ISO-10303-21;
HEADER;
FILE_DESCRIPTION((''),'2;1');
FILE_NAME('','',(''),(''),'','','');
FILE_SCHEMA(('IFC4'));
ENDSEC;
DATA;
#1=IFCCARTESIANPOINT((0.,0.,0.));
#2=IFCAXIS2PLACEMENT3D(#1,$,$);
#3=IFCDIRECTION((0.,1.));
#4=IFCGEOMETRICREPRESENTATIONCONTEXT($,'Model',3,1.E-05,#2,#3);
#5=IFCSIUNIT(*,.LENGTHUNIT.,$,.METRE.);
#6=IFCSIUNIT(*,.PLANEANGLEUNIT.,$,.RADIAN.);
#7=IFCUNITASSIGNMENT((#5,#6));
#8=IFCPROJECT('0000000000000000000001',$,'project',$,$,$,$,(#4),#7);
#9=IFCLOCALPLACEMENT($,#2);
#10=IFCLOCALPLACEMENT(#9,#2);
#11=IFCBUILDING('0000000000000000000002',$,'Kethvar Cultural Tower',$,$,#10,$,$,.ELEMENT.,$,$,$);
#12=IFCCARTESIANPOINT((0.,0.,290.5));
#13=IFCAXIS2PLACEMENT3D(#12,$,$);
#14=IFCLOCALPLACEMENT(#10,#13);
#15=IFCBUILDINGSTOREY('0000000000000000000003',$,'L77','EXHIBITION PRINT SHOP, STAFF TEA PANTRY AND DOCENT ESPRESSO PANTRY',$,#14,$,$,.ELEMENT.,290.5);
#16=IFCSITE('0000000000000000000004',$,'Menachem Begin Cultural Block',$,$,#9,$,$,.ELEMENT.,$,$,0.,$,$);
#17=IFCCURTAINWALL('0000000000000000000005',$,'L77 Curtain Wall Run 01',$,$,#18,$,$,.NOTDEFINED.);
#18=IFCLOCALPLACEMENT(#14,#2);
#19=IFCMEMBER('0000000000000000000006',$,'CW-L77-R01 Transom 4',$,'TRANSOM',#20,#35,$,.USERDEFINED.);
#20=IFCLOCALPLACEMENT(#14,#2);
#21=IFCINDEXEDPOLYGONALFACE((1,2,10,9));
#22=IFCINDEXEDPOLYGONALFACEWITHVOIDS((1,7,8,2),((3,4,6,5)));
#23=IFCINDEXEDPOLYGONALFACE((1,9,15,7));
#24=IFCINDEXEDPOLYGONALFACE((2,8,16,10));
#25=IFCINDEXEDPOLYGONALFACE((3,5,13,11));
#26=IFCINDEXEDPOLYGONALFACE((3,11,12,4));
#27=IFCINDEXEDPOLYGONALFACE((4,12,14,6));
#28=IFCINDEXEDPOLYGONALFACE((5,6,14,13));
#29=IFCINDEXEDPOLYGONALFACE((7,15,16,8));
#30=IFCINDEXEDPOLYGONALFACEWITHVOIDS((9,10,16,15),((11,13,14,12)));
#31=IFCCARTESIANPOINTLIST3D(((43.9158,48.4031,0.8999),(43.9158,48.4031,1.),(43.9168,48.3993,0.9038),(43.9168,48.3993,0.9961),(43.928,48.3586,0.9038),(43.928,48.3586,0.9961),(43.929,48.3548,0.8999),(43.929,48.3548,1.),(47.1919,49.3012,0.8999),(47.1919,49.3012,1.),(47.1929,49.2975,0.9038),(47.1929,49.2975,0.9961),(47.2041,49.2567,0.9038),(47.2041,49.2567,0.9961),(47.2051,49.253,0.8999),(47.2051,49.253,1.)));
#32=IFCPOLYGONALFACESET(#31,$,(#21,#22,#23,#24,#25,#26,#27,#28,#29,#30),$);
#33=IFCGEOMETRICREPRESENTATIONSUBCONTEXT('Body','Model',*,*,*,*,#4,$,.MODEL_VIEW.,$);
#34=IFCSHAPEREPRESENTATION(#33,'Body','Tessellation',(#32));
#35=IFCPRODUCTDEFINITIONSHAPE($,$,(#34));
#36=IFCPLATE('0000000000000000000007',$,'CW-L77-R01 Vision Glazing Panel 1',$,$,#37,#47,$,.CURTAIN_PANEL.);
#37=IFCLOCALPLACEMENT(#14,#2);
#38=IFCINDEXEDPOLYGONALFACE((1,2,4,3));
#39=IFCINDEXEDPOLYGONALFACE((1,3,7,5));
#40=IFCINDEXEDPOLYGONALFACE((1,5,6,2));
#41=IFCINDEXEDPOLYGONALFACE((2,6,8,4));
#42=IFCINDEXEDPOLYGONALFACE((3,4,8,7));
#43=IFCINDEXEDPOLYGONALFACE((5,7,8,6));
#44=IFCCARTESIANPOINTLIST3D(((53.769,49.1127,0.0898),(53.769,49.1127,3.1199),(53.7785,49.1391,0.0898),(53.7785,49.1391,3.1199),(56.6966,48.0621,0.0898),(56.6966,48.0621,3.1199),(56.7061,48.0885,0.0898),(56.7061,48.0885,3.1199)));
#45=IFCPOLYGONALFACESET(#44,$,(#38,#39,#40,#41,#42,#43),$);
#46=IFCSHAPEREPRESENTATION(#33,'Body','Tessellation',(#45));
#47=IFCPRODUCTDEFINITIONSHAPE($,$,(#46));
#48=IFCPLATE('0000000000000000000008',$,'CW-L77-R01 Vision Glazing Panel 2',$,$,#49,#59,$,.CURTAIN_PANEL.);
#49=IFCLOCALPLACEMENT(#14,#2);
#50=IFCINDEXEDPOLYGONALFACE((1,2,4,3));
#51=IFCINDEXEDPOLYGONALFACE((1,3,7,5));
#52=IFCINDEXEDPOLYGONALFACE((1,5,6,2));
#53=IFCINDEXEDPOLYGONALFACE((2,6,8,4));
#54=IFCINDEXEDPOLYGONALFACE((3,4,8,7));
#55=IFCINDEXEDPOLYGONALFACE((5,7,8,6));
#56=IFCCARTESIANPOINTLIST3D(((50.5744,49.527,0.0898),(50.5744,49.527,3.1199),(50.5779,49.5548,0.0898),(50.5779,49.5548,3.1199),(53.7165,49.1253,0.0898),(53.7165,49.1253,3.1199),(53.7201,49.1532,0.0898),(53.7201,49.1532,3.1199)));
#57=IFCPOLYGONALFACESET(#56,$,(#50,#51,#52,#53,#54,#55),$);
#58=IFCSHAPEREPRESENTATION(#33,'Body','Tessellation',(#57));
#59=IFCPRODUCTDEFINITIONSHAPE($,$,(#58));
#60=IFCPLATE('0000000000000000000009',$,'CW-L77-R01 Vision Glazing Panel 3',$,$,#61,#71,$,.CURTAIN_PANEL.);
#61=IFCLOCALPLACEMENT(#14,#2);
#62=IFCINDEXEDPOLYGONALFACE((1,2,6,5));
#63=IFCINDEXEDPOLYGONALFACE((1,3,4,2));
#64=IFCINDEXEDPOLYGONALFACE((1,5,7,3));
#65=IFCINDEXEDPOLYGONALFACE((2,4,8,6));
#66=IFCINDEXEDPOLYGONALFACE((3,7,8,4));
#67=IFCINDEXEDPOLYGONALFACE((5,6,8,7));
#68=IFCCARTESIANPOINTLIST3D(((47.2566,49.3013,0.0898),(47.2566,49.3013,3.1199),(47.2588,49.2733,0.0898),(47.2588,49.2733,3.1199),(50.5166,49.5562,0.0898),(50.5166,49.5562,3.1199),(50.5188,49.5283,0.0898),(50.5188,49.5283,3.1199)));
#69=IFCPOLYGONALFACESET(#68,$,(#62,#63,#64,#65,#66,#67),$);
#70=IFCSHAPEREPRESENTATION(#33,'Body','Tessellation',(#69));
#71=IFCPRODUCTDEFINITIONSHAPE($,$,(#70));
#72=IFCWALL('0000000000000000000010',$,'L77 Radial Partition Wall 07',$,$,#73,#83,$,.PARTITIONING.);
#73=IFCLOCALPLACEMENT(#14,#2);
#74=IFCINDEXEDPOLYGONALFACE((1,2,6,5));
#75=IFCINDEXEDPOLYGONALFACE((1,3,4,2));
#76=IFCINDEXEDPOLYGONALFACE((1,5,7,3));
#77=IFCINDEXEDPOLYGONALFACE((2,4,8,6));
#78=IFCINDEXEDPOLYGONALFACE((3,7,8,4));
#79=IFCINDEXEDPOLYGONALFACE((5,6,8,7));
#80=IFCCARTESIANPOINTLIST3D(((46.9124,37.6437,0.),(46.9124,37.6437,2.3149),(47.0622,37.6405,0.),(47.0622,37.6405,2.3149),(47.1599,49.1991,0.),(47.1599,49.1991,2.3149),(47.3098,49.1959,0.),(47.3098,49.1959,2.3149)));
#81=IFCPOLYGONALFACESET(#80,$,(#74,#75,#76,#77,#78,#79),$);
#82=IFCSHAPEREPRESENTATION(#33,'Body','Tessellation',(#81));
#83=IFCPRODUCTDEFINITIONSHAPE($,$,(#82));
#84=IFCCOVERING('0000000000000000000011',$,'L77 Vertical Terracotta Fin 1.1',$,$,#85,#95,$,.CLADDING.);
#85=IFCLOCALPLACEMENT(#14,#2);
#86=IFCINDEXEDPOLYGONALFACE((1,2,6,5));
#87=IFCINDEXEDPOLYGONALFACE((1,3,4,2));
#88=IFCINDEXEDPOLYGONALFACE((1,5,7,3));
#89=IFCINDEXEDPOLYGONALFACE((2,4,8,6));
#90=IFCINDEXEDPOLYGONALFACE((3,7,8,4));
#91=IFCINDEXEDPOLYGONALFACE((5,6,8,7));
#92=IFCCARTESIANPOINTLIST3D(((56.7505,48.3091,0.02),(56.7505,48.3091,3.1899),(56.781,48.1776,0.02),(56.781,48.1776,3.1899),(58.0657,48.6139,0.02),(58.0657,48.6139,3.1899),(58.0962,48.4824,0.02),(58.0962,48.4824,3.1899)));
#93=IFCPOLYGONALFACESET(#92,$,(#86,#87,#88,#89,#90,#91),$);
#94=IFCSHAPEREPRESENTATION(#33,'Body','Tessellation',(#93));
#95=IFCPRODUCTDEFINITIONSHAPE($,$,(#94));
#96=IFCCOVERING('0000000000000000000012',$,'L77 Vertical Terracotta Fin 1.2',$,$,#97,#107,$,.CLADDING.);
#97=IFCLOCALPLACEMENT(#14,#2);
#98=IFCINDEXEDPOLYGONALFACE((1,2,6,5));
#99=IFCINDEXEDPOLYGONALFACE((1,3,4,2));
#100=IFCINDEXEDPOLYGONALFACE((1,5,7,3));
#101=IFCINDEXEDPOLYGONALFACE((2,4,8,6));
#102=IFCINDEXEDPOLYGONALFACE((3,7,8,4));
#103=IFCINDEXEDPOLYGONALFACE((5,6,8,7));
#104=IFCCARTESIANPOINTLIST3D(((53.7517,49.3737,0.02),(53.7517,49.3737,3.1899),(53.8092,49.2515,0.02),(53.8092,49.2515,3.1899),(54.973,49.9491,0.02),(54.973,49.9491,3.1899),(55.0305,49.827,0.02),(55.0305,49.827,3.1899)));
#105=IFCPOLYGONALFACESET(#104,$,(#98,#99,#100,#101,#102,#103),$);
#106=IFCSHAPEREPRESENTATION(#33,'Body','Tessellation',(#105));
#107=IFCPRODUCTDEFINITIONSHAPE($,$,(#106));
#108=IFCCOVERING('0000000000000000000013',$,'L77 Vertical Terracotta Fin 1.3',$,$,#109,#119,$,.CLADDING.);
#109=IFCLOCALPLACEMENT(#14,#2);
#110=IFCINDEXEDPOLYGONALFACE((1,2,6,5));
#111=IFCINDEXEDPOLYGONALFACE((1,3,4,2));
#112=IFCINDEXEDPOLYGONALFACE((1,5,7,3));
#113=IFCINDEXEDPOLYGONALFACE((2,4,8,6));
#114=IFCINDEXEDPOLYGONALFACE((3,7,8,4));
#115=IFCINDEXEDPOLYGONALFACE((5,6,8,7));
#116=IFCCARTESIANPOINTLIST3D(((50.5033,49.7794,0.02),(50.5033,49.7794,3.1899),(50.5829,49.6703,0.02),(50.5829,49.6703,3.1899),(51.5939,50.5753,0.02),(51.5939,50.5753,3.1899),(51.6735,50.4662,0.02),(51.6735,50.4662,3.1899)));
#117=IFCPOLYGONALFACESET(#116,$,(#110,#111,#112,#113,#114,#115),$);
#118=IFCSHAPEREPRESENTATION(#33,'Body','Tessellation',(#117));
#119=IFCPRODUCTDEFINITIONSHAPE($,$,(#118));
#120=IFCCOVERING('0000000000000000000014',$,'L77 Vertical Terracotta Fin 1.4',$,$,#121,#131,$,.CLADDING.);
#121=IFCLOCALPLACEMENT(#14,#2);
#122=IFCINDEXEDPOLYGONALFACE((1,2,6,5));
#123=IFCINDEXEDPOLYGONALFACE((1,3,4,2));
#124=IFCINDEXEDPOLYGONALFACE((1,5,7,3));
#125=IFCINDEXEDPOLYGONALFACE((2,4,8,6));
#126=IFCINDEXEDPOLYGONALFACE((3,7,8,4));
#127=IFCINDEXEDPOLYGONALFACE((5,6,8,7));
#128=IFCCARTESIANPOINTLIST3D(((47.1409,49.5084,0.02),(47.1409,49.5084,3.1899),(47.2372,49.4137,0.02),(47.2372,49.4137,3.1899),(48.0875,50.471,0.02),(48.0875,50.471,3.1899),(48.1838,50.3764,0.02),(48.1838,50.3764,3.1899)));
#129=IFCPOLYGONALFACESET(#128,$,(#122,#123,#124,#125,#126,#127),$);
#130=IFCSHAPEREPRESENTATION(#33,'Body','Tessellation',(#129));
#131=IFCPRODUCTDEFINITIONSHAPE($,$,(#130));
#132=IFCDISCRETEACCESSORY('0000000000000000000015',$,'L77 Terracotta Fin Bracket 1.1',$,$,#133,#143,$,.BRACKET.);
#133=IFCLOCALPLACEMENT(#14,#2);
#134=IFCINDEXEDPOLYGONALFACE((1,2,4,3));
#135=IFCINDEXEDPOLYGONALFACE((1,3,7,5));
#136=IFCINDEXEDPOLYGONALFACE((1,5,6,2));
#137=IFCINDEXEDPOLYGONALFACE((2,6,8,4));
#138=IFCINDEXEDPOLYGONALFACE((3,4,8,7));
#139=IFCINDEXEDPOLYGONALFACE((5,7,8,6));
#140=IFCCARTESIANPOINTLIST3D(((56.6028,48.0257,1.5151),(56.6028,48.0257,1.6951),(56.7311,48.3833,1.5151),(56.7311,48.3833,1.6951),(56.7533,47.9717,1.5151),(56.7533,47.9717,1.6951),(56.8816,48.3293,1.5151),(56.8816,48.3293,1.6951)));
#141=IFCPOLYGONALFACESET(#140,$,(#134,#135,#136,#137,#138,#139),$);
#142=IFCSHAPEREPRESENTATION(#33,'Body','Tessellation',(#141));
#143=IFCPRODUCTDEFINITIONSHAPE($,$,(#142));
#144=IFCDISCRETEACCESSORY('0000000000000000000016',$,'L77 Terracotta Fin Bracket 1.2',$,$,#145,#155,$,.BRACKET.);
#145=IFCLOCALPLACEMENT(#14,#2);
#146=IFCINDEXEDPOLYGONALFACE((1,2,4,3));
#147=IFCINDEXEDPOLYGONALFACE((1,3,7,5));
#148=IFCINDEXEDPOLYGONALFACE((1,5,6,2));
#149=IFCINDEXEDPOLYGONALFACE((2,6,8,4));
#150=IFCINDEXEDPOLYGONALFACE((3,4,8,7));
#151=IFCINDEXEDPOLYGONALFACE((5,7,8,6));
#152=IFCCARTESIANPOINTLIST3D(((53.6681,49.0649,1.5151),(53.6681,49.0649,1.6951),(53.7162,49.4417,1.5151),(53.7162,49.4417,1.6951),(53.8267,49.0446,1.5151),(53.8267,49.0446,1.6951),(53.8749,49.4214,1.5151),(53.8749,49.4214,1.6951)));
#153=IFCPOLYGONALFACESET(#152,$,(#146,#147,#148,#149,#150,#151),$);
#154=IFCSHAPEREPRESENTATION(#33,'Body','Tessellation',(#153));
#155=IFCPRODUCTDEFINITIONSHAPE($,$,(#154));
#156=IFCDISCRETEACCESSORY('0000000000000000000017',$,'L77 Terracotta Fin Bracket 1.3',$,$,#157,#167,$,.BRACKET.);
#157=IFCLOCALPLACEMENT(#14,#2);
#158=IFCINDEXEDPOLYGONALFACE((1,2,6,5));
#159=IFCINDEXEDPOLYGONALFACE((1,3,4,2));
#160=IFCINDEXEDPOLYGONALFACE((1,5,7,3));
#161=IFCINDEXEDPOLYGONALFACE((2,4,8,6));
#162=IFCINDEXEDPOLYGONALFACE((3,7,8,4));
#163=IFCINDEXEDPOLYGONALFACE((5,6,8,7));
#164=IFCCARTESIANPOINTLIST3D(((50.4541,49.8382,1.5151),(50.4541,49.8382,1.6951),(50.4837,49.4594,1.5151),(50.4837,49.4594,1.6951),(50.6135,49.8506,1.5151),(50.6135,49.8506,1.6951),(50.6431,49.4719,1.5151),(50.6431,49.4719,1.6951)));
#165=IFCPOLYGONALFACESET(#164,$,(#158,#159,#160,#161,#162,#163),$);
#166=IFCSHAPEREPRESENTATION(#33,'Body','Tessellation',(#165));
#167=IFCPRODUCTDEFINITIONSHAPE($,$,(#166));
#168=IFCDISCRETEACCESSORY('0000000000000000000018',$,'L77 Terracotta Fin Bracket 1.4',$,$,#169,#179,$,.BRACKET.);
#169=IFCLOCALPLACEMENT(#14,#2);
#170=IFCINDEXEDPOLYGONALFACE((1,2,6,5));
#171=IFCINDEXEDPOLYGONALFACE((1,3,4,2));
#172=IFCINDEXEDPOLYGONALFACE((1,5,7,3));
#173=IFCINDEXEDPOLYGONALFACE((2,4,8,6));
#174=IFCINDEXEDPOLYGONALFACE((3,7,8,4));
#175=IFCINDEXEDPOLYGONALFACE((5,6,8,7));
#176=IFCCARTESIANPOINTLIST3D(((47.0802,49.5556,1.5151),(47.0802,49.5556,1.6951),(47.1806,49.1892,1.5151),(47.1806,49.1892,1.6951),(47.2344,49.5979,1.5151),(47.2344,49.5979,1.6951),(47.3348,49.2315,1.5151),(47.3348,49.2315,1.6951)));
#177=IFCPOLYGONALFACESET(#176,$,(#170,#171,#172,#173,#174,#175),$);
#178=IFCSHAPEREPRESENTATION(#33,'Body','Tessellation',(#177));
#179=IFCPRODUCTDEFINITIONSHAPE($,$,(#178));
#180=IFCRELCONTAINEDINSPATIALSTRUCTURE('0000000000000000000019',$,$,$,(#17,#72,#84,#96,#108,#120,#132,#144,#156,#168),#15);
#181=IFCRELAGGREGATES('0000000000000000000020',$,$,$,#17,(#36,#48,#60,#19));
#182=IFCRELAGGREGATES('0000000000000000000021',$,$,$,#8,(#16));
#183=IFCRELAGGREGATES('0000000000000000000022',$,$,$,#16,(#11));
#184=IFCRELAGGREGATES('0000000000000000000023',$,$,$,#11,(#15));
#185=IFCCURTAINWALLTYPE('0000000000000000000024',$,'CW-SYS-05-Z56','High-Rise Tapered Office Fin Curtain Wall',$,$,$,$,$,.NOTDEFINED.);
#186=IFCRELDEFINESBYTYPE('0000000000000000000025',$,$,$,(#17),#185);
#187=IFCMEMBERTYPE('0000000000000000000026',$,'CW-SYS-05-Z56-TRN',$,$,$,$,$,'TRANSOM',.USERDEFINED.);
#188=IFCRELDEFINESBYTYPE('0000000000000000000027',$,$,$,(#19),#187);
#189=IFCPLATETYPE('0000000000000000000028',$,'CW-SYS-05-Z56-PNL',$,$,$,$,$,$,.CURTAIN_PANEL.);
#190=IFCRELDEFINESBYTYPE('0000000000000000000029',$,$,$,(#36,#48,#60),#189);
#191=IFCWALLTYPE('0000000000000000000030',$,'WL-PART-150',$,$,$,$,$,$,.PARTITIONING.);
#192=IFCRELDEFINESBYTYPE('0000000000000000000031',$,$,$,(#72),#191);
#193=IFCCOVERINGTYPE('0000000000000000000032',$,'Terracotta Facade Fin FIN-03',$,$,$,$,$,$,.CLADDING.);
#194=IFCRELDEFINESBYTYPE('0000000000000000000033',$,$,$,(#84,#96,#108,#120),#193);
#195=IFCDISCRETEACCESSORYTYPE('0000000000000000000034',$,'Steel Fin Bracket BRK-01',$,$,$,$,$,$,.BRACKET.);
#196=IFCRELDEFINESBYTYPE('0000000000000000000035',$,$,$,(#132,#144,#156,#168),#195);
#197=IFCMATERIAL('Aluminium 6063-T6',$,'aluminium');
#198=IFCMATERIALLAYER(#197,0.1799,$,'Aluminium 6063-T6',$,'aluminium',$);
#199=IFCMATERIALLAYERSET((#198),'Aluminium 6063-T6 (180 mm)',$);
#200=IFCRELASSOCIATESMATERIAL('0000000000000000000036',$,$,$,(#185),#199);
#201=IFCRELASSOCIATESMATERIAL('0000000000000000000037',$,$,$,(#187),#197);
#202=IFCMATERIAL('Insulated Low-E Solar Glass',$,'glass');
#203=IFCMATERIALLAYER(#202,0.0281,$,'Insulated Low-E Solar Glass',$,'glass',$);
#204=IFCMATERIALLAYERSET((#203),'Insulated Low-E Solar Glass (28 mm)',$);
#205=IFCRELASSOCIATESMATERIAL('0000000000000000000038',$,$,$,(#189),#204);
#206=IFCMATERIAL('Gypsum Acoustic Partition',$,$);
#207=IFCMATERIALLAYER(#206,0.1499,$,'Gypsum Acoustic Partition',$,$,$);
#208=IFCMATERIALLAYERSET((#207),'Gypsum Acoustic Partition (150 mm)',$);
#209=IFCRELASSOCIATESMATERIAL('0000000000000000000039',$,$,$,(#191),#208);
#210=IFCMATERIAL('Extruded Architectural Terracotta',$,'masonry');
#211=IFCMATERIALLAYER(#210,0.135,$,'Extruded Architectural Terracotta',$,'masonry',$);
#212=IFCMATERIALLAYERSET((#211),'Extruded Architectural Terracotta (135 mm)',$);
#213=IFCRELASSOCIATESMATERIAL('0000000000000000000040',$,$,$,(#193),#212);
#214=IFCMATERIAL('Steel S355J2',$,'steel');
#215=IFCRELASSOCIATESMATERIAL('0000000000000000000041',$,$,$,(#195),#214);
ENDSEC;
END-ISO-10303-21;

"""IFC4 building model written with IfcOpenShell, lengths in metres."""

from ifc_helpers import new_model, si_unit, direction, frame, frame_2d, origin, origin_2d, place, context, subcontext, project, spatial, rectangle, hollow_rectangle, extrude, source, transform, mapped, material, layer, layer_set, material_profile, profile_set, type_object, element, aggregate, save


model = new_model("IFC4")

# Units and contexts
model_context = context("Model", 3, precision=1e-05, world=origin(), true_north=direction((0.0, 1.0)))
body_context = subcontext(model_context, "Body", "Model", "MODEL_VIEW")
ifc_project = project(units=[si_unit("LENGTHUNIT", "METRE"), si_unit("PLANEANGLEUNIT", "RADIAN")], contexts=[model_context])

# Site, building, storey
site_placement = place(None, origin())
site = spatial("IfcSite", under=ifc_project, at=site_placement, Name="Menachem Begin Cultural Block", CompositionType="ELEMENT", RefElevation=0.0)
building_placement = place(site_placement, origin())
building = spatial("IfcBuilding", under=site, at=building_placement, Name="Kethvar Cultural Tower", CompositionType="ELEMENT")
storey_placement = place(building_placement, frame((0.0, 0.0, 290.5)))
storey = spatial("IfcBuildingStorey", under=building, at=storey_placement, Name="L77", Description="EXHIBITION PRINT SHOP, STAFF TEA PANTRY AND DOCENT ESPRESSO PANTRY", CompositionType="ELEMENT", Elevation=290.5)

# Shared definitions
ifc_material_1 = material(Name="Steel S355J2", Category="steel")

# Curtain wall, member, plates
ifc_material_2 = material(Name="Aluminium 6063-T6", Category="aluminium")
ifc_layer_1 = layer(ifc_material_2, 0.1799, Name="Aluminium 6063-T6", Category="aluminium")
ifc_layer_set_1 = layer_set([ifc_layer_1], Name="Aluminium 6063-T6 (180 mm)")
curtain_wall_type = type_object("IfcCurtainWallType", Name="CW-SYS-05-Z56", Description="High-Rise Tapered Office Fin Curtain Wall", PredefinedType="NOTDEFINED", material=ifc_layer_set_1)
curtain_wall_placement = place(storey_placement, origin())
curtain_wall = element("IfcCurtainWall", 1, at=curtain_wall_placement, inside=storey, type_object=curtain_wall_type, Name="L77 Curtain Wall Run 01", PredefinedType="NOTDEFINED")
ifc_material_profile_1 = material_profile(ifc_material_2, hollow_rectangle(XDim=0.05, YDim=0.1001, WallThickness=0.0039, at=origin_2d()), Name="Aluminium 6063-T6 — RHS100x50x4")
ifc_profile_set_1 = profile_set([ifc_material_profile_1], Name="Aluminium 6063-T6 — RHS100x50x4")
member_type_1 = type_object("IfcMemberType", Name="CW-SYS-05-Z56-TRN", ElementType="TRANSOM", PredefinedType="USERDEFINED", material=ifc_profile_set_1)
shared_shape_1 = source(origin(), body_context, "Body", "SweptSolid", [
    extrude(hollow_rectangle(XDim=0.05, YDim=0.1001, WallThickness=0.0039, at=origin_2d()), origin(), (0.0, 0.0, 1.0), 3.397),
])
member_1_placement = place(storey_placement, frame((47.1985, 49.2771, 0.95), z_axis=(-0.964411, -0.264406, 0.0), x_axis=(0.264406, -0.964411, 0.0)))
member_1 = element("IfcMember", 2, at=member_1_placement, type_object=member_type_1, Name="CW-L77-R01 Transom 4", ObjectType="TRANSOM", PredefinedType="USERDEFINED", context=body_context, shape_type="MappedRepresentation", body=[
    mapped(shared_shape_1, transform((0.0, 0.0, 0.0), scale=1.0)),
])
ifc_material_3 = material(Name="Insulated Low-E Solar Glass", Category="glass")
ifc_layer_2 = layer(ifc_material_3, 0.0281, Name="Insulated Low-E Solar Glass", Category="glass")
ifc_layer_set_2 = layer_set([ifc_layer_2], Name="Insulated Low-E Solar Glass (28 mm)")
plate_type = type_object("IfcPlateType", Name="CW-SYS-05-Z56-PNL", PredefinedType="CURTAIN_PANEL", material=ifc_layer_set_2)
shared_shape_2 = source(origin(), body_context, "Body", "SweptSolid", [
    extrude(rectangle(XDim=3.1104, YDim=0.0281, at=origin_2d()), origin(), (0.0, 0.0, 1.0), 3.03),
])
plate_1_placement = place(storey_placement, frame((55.2375, 48.6006, 0.0898), z_axis=(0.0, 0.0, 1.0), x_axis=(-0.941229, 0.337769, 0.0)))
plate_1 = element("IfcPlate", 3, at=plate_1_placement, type_object=plate_type, Name="CW-L77-R01 Vision Glazing Panel 1", PredefinedType="CURTAIN_PANEL", context=body_context, shape_type="MappedRepresentation", body=[
    mapped(shared_shape_2, transform((0.0, 0.0, 0.0), scale=1.0)),
])
shared_shape_3 = source(origin(), body_context, "Body", "SweptSolid", [
    extrude(rectangle(XDim=3.1677, YDim=0.0281, at=origin_2d()), origin(), (0.0, 0.0, 1.0), 3.03),
])
plate_2_placement = place(storey_placement, frame((52.1472, 49.3401, 0.0898), z_axis=(0.0, 0.0, 1.0), x_axis=(-0.99193, 0.126788, 0.0)))
plate_2 = element("IfcPlate", 4, at=plate_2_placement, type_object=plate_type, Name="CW-L77-R01 Vision Glazing Panel 2", PredefinedType="CURTAIN_PANEL", context=body_context, shape_type="MappedRepresentation", body=[
    mapped(shared_shape_3, transform((0.0, 0.0, 0.0), scale=1.0)),
])
shared_shape_4 = source(origin(), body_context, "Body", "SweptSolid", [
    extrude(rectangle(XDim=3.27, YDim=0.0281, at=origin_2d()), origin(), (0.0, 0.0, 1.0), 3.03),
])
plate_3_placement = place(storey_placement, frame((48.8877, 49.4148, 0.0898), z_axis=(0.0, 0.0, 1.0), x_axis=(-0.996957, -0.077955, 0.0)))
plate_3 = element("IfcPlate", 5, at=plate_3_placement, type_object=plate_type, Name="CW-L77-R01 Vision Glazing Panel 3", PredefinedType="CURTAIN_PANEL", context=body_context, shape_type="MappedRepresentation", body=[
    mapped(shared_shape_4, transform((0.0, 0.0, 0.0), scale=1.0)),
])
aggregate(curtain_wall, [plate_1, plate_2, plate_3, member_1])

# Wall
ifc_material_4 = material(Name="Gypsum Acoustic Partition")
ifc_layer_3 = layer(ifc_material_4, 0.1499, Name="Gypsum Acoustic Partition")
ifc_layer_set_3 = layer_set([ifc_layer_3], Name="Gypsum Acoustic Partition (150 mm)")
wall_type = type_object("IfcWallType", Name="WL-PART-150", PredefinedType="PARTITIONING", material=ifc_layer_set_3)
wall_placement = place(storey_placement, frame((46.9873, 37.6421, 0.0), z_axis=(0.0, 0.0, 1.0), x_axis=(0.021419, 0.999771, 0.0)))
element("IfcWall", 6, at=wall_placement, inside=storey, type_object=wall_type, Name="L77 Radial Partition Wall 07", PredefinedType="PARTITIONING", context=body_context, shape_type="SweptSolid", body=[
    extrude(rectangle(XDim=11.5581, YDim=0.1499, at=frame_2d((5.7791, 0.0))), origin(), (0.0, 0.0, 1.0), 2.3149),
])

# Coverings
ifc_material_5 = material(Name="Extruded Architectural Terracotta", Category="masonry")
ifc_layer_4 = layer(ifc_material_5, 0.135, Name="Extruded Architectural Terracotta", Category="masonry")
ifc_layer_set_4 = layer_set([ifc_layer_4], Name="Extruded Architectural Terracotta (135 mm)")
covering_type = type_object("IfcCoveringType", Name="Terracotta Facade Fin FIN-03", PredefinedType="CLADDING", material=ifc_layer_set_4)
shared_shape_5 = source(origin(), body_context, "Body", "SweptSolid", [
    extrude(rectangle(XDim=1.3501, YDim=0.135, at=origin_2d()), origin(), (0.0, 0.0, 1.0), 3.1699),
])
for number, where, z_axis, x_axis, name in (
    (7, (57.4233, 48.3958, 0.02), (0.0, 0.0, 1.0), (0.974173, 0.225801, 0.0), "L77 Vertical Terracotta Fin 1.1"),
    (8, (54.3911, 49.6003, 0.02), (0.0, 0.0, 1.0), (0.904604, 0.426253, 0.0), "L77 Vertical Terracotta Fin 1.2"),
    (9, (51.0884, 50.1228, 0.02), (0.0, 0.0, 1.0), (0.807784, 0.589478, 0.0), "L77 Vertical Terracotta Fin 1.3"),
    (10, (47.6624, 49.9424, 0.02), (0.0, 0.0, 1.0), (0.701158, 0.713006, 0.0), "L77 Vertical Terracotta Fin 1.4"),
):
    element("IfcCovering", number, at=place(storey_placement, frame(where, z_axis=z_axis, x_axis=x_axis)), inside=storey, type_object=covering_type, Name=name, PredefinedType="CLADDING", context=body_context, shape_type="MappedRepresentation", body=[
        mapped(shared_shape_5, transform((0.0, 0.0, 0.0), scale=1.0)),
    ])

# Discrete accessories
discrete_accessory_type = type_object("IfcDiscreteAccessoryType", Name="Steel Fin Bracket BRK-01", PredefinedType="BRACKET", material=ifc_material_1)
shared_shape_6 = source(origin(), body_context, "Body", "SweptSolid", [
    extrude(rectangle(XDim=0.3799, YDim=0.1599, at=origin_2d()), origin(), (0.0, 0.0, 1.0), 0.1799),
])
for number, where, z_axis, x_axis, name in (
    (11, (56.7422, 48.1775, 1.5151), (0.0, 0.0, 1.0), (0.337752, 0.941235, 0.0), "L77 Terracotta Fin Bracket 1.1"),
    (12, (53.7715, 49.2432, 1.5151), (0.0, 0.0, 1.0), (0.126718, 0.991939, 0.0), "L77 Terracotta Fin Bracket 1.2"),
    (13, (50.5486, 49.655, 1.5151), (0.0, 0.0, 1.0), (-0.077937, 0.996958, 0.0), "L77 Terracotta Fin Bracket 1.3"),
    (14, (47.2075, 49.3936, 1.5151), (0.0, 0.0, 1.0), (-0.264378, 0.964419, 0.0), "L77 Terracotta Fin Bracket 1.4"),
):
    element("IfcDiscreteAccessory", number, at=place(storey_placement, frame(where, z_axis=z_axis, x_axis=x_axis)), inside=storey, type_object=discrete_accessory_type, Name=name, PredefinedType="BRACKET", context=body_context, shape_type="MappedRepresentation", body=[
        mapped(shared_shape_6, transform((0.0, 0.0, 0.0), scale=1.0)),
    ])

save(model, "model.ifc")
